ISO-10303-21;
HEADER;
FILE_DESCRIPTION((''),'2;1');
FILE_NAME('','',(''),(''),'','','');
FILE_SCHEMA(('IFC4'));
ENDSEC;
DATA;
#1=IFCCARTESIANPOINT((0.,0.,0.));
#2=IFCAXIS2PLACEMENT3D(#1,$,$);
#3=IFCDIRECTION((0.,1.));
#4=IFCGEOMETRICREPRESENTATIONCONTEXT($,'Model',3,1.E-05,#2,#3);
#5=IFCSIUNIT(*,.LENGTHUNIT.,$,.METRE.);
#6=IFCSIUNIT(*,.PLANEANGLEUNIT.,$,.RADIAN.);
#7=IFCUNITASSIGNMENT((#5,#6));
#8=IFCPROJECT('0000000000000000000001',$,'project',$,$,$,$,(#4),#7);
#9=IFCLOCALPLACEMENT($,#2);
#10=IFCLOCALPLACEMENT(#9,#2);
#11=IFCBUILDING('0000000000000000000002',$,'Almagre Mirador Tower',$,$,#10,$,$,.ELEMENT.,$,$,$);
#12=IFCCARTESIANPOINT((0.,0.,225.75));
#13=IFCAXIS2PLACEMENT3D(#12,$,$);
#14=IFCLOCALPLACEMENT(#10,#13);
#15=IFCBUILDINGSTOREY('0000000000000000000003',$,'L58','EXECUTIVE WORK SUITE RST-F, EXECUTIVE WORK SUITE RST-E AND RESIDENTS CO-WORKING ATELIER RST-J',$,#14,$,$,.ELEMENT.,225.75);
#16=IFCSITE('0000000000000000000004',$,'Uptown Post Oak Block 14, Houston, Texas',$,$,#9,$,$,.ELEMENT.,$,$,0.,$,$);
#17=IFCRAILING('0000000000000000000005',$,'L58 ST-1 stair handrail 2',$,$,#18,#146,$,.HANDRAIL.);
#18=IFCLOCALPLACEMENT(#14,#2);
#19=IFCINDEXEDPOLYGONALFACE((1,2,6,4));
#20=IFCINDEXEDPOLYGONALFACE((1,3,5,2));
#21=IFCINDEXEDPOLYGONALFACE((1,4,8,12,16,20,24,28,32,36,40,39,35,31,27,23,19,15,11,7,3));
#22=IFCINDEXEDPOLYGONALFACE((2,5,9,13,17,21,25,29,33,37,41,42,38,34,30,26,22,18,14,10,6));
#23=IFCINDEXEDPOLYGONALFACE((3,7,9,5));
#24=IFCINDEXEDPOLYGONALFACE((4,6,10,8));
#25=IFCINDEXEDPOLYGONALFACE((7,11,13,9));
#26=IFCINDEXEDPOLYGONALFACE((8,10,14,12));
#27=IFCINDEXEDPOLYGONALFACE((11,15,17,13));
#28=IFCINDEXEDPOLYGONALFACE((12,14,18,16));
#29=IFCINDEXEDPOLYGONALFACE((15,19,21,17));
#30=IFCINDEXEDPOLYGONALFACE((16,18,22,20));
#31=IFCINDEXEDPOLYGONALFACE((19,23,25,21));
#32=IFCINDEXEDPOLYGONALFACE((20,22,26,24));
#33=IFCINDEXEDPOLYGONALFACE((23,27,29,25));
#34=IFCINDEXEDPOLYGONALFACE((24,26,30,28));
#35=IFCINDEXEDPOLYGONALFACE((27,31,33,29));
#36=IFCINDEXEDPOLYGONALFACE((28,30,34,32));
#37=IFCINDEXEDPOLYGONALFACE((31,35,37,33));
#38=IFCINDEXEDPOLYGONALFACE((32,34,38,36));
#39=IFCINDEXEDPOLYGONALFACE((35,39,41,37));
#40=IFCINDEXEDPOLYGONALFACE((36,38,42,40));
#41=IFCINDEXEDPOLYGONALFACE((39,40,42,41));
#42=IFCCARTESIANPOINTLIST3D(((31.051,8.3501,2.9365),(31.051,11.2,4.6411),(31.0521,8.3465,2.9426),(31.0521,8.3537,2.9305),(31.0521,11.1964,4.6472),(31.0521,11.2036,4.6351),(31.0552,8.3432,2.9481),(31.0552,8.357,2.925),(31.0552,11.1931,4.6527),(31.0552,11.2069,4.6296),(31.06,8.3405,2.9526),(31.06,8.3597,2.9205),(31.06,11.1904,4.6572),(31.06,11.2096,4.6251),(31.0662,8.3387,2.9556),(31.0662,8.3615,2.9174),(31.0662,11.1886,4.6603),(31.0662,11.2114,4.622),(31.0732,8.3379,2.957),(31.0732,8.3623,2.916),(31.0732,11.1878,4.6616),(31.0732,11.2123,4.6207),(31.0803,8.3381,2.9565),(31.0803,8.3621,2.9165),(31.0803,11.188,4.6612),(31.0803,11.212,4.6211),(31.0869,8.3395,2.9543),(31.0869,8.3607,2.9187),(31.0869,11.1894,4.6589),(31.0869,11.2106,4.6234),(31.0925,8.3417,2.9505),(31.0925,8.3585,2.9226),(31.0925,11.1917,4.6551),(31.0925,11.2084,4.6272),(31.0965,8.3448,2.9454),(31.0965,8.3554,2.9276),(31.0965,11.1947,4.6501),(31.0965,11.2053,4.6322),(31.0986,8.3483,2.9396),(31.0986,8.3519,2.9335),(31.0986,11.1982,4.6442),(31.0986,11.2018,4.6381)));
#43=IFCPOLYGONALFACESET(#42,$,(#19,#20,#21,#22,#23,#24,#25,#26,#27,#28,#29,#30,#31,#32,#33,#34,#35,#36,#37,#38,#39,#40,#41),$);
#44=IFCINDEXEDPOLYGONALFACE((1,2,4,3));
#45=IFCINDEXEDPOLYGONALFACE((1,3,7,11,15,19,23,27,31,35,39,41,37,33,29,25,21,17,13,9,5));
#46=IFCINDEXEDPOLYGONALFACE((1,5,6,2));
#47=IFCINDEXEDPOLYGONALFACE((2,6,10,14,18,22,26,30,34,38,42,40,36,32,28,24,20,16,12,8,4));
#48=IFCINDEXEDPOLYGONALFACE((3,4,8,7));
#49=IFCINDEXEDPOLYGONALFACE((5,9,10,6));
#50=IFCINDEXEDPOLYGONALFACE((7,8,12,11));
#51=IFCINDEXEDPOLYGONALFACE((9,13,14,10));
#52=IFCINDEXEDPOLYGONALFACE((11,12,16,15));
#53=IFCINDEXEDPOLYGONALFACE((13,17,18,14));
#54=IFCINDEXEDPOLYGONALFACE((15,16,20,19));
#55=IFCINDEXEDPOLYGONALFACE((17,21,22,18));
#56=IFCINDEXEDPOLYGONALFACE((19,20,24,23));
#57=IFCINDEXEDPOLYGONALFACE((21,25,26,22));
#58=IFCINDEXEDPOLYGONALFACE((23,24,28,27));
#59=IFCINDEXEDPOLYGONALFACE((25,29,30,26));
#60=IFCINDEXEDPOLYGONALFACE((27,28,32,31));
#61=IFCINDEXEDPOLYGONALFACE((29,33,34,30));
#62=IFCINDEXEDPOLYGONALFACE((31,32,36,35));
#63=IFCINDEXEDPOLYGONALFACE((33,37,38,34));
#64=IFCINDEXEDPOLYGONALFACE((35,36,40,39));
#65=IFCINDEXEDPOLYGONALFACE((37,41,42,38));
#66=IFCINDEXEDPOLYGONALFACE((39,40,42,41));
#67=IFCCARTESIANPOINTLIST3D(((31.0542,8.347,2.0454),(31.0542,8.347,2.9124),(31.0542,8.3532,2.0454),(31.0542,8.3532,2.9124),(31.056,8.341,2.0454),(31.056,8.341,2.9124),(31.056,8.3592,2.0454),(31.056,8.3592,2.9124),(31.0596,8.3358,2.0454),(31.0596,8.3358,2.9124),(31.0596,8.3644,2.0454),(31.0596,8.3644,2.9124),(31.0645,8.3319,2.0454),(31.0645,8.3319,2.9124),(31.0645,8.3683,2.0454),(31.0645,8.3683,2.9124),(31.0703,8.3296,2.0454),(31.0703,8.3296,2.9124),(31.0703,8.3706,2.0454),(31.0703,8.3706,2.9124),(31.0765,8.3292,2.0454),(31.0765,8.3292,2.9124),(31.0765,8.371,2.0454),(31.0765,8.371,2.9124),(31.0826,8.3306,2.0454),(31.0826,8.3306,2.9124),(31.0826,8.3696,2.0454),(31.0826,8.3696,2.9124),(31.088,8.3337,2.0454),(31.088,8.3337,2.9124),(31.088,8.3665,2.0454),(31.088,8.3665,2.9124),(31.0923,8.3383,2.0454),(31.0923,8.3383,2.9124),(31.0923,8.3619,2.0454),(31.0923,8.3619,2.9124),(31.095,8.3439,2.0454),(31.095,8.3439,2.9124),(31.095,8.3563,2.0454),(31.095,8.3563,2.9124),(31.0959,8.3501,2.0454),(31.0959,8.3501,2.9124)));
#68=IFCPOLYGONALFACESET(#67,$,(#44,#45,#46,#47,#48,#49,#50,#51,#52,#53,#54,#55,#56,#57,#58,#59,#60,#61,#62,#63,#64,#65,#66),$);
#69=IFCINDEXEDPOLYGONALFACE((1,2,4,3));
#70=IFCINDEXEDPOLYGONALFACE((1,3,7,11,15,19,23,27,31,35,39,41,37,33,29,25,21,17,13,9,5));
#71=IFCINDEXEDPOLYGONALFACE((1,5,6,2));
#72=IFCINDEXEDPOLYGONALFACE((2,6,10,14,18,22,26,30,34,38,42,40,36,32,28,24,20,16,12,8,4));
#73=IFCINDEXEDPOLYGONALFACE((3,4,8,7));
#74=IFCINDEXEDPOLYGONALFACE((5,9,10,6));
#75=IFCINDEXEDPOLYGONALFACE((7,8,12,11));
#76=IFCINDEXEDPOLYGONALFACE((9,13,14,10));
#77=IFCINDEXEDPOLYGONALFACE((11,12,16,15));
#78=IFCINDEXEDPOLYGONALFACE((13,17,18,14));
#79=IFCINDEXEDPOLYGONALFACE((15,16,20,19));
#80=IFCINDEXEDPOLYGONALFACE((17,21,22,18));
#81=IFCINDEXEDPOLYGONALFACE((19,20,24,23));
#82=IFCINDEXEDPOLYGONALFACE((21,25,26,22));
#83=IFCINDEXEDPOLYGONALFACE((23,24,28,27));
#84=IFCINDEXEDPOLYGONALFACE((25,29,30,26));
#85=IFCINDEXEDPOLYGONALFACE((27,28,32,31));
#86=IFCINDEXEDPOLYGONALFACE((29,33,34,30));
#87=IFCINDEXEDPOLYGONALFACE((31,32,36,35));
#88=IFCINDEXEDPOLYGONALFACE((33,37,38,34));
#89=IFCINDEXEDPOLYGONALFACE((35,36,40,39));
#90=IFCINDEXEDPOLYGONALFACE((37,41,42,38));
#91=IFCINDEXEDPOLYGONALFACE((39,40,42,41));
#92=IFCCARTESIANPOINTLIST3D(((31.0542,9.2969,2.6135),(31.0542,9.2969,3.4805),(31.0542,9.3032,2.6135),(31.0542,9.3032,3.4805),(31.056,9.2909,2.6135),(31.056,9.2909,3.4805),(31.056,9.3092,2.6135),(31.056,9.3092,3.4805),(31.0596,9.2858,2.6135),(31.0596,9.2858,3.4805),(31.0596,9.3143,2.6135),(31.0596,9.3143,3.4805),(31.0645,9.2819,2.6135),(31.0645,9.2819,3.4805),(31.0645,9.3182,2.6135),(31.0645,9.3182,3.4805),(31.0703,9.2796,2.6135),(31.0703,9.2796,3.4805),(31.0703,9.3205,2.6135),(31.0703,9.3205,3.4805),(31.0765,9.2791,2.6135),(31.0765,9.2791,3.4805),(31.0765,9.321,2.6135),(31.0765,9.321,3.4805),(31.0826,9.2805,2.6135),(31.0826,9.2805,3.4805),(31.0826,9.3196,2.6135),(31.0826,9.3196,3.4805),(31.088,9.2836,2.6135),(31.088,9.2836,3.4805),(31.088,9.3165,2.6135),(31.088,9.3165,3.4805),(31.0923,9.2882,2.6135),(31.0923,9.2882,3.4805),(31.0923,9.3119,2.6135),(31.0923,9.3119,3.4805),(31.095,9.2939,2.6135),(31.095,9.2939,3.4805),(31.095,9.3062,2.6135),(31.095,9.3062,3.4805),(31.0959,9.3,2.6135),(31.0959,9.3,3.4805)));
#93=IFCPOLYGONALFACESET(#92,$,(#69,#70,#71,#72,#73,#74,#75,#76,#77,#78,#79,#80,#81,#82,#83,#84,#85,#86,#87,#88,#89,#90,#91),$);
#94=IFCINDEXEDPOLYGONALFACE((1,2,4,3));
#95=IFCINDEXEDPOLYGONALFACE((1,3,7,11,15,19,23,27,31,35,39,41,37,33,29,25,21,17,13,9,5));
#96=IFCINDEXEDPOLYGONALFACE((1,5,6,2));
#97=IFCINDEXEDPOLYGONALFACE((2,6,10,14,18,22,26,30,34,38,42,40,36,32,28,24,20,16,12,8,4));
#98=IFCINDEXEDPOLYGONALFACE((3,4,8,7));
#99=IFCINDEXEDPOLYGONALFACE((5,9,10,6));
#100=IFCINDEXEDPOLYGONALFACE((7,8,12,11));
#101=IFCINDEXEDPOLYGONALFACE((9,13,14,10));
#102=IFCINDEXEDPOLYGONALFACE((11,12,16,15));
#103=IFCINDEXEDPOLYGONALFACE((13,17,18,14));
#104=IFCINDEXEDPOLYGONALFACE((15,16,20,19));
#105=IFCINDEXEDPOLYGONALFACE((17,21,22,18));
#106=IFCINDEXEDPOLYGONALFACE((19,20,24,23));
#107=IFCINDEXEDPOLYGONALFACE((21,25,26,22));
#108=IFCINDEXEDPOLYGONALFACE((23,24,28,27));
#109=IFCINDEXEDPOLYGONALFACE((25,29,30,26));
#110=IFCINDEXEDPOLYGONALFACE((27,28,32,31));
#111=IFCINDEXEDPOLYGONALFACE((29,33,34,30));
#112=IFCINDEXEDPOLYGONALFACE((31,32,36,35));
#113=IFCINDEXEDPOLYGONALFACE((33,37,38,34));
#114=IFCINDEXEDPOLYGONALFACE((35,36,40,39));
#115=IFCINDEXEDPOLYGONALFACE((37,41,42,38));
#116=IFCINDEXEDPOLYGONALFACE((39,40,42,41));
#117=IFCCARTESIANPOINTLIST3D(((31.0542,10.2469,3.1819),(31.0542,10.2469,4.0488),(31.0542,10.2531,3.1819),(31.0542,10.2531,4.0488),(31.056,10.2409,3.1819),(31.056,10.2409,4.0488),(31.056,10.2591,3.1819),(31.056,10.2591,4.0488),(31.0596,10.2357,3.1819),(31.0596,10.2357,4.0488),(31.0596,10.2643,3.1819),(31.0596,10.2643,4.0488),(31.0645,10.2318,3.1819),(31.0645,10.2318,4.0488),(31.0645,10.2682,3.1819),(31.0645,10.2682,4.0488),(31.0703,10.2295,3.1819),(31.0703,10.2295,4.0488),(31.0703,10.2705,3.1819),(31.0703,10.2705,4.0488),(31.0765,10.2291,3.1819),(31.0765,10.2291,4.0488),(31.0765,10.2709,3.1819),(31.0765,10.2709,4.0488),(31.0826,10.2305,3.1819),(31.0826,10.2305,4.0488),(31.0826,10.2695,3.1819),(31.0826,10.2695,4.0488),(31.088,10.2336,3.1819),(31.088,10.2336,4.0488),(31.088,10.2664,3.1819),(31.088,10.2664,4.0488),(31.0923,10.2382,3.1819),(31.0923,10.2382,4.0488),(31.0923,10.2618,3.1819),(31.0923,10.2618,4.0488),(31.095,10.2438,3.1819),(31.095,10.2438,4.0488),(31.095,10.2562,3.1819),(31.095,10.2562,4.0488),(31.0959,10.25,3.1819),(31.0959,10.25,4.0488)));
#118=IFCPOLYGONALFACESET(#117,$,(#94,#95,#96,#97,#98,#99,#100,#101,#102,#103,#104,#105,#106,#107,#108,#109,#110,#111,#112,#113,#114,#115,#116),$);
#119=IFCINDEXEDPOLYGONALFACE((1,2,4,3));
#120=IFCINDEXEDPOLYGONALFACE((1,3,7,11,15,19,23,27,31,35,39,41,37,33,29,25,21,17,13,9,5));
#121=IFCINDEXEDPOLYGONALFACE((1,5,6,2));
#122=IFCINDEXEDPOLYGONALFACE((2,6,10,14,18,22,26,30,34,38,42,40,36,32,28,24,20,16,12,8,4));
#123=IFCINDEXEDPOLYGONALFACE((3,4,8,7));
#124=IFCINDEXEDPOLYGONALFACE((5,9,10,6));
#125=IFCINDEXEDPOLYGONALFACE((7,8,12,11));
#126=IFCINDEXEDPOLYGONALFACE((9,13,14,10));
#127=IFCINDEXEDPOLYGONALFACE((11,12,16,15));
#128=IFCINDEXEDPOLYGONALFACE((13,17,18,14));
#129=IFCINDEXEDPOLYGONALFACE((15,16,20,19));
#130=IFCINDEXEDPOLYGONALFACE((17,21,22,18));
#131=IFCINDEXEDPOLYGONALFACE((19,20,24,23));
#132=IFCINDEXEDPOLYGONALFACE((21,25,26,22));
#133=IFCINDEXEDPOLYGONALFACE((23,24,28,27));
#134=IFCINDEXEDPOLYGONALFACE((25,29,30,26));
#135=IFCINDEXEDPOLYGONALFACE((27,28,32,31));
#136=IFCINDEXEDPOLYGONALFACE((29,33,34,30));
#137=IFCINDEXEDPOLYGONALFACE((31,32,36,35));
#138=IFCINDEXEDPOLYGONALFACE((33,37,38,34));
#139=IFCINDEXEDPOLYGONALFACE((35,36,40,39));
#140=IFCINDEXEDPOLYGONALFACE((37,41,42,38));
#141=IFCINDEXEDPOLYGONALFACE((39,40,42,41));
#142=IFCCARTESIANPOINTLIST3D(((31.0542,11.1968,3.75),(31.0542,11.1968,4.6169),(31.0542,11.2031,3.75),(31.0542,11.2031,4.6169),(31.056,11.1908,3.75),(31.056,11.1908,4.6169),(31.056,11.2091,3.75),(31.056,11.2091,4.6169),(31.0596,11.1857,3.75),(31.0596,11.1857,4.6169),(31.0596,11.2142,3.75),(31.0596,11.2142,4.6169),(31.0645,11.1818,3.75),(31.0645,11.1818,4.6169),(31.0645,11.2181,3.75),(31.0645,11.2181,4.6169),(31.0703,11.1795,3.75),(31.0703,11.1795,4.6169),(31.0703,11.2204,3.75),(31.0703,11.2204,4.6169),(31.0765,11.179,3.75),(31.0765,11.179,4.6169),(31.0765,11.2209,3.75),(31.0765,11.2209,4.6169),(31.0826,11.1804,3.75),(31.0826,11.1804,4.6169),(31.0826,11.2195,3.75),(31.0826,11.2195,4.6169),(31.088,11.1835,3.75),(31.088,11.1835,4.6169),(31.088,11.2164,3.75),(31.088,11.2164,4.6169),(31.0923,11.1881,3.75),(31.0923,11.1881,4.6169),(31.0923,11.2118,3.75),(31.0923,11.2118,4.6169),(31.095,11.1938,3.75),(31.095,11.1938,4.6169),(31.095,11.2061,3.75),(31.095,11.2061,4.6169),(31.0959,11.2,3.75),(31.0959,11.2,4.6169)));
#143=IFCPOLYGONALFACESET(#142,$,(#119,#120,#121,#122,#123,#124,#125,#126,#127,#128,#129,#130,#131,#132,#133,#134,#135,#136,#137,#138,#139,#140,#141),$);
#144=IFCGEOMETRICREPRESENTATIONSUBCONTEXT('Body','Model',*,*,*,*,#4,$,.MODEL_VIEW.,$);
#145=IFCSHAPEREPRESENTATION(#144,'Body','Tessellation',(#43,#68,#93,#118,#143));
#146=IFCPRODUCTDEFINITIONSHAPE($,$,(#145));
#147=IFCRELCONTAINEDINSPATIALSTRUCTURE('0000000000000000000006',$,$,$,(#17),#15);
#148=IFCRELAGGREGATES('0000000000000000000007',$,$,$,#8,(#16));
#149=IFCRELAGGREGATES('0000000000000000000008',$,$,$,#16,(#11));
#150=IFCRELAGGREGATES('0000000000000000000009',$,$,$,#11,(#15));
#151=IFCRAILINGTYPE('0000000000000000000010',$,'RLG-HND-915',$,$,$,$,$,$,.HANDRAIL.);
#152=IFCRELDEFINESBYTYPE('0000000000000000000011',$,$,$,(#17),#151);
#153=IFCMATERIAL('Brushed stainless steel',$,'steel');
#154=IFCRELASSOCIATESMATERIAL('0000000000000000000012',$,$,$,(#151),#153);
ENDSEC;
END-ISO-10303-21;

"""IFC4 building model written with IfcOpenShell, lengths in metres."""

from ifc_helpers import new_model, si_unit, direction, frame, origin, origin_2d, place, context, subcontext, project, spatial, circle, extrude, material, type_object, element, save


model = new_model("IFC4")

# Units and contexts
model_context = context("Model", 3, precision=1e-05, world=origin(), true_north=direction((0.0, 1.0)))
body_context = subcontext(model_context, "Body", "Model", "MODEL_VIEW")
ifc_project = project(units=[si_unit("LENGTHUNIT", "METRE"), si_unit("PLANEANGLEUNIT", "RADIAN")], contexts=[model_context])

# Site, building, storey
site_placement = place(None, origin())
site = spatial("IfcSite", under=ifc_project, at=site_placement, Name="Uptown Post Oak Block 14, Houston, Texas", CompositionType="ELEMENT", RefElevation=0.0)
building_placement = place(site_placement, origin())
building = spatial("IfcBuilding", under=site, at=building_placement, Name="Almagre Mirador Tower", CompositionType="ELEMENT")
storey_placement = place(building_placement, frame((0.0, 0.0, 225.75)))
storey = spatial("IfcBuildingStorey", under=building, at=storey_placement, Name="L58", Description="EXECUTIVE WORK SUITE RST-F, EXECUTIVE WORK SUITE RST-E AND RESIDENTS CO-WORKING ATELIER RST-J", CompositionType="ELEMENT", Elevation=225.75)

# Railing
ifc_material_1 = material(Name="Brushed stainless steel", Category="steel")
railing_type_1 = type_object("IfcRailingType", Name="RLG-HND-915", PredefinedType="HANDRAIL", material=ifc_material_1)
railing_1_placement = place(storey_placement, frame((31.075, 8.3501, 2.0454)))
element("IfcRailing", 1, at=railing_1_placement, inside=storey, type_object=railing_type_1, Name="L58 ST-1 stair handrail 2", PredefinedType="HANDRAIL", context=body_context, shape_type="SweptSolid", body=[
    extrude(circle(Radius=0.0239, at=origin_2d()), frame((0.0, 0.0, 0.8911), z_axis=(0.0, 0.858199, 0.513317), x_axis=(-1.0, 0.0, 0.0)), (0.0, 0.0, 1.0), 3.3208),
    extrude(circle(Radius=0.021, at=origin_2d()), origin(), (0.0, 0.0, 1.0), 0.8669),
    extrude(circle(Radius=0.021, at=origin_2d()), frame((0.0, 0.95, 0.5681)), (0.0, 0.0, 1.0), 0.8669),
    extrude(circle(Radius=0.021, at=origin_2d()), frame((0.0, 1.8999, 1.1365)), (0.0, 0.0, 1.0), 0.8669),
    extrude(circle(Radius=0.021, at=origin_2d()), frame((0.0, 2.8499, 1.7046)), (0.0, 0.0, 1.0), 0.8669),
])

save(model, "model.ifc")
